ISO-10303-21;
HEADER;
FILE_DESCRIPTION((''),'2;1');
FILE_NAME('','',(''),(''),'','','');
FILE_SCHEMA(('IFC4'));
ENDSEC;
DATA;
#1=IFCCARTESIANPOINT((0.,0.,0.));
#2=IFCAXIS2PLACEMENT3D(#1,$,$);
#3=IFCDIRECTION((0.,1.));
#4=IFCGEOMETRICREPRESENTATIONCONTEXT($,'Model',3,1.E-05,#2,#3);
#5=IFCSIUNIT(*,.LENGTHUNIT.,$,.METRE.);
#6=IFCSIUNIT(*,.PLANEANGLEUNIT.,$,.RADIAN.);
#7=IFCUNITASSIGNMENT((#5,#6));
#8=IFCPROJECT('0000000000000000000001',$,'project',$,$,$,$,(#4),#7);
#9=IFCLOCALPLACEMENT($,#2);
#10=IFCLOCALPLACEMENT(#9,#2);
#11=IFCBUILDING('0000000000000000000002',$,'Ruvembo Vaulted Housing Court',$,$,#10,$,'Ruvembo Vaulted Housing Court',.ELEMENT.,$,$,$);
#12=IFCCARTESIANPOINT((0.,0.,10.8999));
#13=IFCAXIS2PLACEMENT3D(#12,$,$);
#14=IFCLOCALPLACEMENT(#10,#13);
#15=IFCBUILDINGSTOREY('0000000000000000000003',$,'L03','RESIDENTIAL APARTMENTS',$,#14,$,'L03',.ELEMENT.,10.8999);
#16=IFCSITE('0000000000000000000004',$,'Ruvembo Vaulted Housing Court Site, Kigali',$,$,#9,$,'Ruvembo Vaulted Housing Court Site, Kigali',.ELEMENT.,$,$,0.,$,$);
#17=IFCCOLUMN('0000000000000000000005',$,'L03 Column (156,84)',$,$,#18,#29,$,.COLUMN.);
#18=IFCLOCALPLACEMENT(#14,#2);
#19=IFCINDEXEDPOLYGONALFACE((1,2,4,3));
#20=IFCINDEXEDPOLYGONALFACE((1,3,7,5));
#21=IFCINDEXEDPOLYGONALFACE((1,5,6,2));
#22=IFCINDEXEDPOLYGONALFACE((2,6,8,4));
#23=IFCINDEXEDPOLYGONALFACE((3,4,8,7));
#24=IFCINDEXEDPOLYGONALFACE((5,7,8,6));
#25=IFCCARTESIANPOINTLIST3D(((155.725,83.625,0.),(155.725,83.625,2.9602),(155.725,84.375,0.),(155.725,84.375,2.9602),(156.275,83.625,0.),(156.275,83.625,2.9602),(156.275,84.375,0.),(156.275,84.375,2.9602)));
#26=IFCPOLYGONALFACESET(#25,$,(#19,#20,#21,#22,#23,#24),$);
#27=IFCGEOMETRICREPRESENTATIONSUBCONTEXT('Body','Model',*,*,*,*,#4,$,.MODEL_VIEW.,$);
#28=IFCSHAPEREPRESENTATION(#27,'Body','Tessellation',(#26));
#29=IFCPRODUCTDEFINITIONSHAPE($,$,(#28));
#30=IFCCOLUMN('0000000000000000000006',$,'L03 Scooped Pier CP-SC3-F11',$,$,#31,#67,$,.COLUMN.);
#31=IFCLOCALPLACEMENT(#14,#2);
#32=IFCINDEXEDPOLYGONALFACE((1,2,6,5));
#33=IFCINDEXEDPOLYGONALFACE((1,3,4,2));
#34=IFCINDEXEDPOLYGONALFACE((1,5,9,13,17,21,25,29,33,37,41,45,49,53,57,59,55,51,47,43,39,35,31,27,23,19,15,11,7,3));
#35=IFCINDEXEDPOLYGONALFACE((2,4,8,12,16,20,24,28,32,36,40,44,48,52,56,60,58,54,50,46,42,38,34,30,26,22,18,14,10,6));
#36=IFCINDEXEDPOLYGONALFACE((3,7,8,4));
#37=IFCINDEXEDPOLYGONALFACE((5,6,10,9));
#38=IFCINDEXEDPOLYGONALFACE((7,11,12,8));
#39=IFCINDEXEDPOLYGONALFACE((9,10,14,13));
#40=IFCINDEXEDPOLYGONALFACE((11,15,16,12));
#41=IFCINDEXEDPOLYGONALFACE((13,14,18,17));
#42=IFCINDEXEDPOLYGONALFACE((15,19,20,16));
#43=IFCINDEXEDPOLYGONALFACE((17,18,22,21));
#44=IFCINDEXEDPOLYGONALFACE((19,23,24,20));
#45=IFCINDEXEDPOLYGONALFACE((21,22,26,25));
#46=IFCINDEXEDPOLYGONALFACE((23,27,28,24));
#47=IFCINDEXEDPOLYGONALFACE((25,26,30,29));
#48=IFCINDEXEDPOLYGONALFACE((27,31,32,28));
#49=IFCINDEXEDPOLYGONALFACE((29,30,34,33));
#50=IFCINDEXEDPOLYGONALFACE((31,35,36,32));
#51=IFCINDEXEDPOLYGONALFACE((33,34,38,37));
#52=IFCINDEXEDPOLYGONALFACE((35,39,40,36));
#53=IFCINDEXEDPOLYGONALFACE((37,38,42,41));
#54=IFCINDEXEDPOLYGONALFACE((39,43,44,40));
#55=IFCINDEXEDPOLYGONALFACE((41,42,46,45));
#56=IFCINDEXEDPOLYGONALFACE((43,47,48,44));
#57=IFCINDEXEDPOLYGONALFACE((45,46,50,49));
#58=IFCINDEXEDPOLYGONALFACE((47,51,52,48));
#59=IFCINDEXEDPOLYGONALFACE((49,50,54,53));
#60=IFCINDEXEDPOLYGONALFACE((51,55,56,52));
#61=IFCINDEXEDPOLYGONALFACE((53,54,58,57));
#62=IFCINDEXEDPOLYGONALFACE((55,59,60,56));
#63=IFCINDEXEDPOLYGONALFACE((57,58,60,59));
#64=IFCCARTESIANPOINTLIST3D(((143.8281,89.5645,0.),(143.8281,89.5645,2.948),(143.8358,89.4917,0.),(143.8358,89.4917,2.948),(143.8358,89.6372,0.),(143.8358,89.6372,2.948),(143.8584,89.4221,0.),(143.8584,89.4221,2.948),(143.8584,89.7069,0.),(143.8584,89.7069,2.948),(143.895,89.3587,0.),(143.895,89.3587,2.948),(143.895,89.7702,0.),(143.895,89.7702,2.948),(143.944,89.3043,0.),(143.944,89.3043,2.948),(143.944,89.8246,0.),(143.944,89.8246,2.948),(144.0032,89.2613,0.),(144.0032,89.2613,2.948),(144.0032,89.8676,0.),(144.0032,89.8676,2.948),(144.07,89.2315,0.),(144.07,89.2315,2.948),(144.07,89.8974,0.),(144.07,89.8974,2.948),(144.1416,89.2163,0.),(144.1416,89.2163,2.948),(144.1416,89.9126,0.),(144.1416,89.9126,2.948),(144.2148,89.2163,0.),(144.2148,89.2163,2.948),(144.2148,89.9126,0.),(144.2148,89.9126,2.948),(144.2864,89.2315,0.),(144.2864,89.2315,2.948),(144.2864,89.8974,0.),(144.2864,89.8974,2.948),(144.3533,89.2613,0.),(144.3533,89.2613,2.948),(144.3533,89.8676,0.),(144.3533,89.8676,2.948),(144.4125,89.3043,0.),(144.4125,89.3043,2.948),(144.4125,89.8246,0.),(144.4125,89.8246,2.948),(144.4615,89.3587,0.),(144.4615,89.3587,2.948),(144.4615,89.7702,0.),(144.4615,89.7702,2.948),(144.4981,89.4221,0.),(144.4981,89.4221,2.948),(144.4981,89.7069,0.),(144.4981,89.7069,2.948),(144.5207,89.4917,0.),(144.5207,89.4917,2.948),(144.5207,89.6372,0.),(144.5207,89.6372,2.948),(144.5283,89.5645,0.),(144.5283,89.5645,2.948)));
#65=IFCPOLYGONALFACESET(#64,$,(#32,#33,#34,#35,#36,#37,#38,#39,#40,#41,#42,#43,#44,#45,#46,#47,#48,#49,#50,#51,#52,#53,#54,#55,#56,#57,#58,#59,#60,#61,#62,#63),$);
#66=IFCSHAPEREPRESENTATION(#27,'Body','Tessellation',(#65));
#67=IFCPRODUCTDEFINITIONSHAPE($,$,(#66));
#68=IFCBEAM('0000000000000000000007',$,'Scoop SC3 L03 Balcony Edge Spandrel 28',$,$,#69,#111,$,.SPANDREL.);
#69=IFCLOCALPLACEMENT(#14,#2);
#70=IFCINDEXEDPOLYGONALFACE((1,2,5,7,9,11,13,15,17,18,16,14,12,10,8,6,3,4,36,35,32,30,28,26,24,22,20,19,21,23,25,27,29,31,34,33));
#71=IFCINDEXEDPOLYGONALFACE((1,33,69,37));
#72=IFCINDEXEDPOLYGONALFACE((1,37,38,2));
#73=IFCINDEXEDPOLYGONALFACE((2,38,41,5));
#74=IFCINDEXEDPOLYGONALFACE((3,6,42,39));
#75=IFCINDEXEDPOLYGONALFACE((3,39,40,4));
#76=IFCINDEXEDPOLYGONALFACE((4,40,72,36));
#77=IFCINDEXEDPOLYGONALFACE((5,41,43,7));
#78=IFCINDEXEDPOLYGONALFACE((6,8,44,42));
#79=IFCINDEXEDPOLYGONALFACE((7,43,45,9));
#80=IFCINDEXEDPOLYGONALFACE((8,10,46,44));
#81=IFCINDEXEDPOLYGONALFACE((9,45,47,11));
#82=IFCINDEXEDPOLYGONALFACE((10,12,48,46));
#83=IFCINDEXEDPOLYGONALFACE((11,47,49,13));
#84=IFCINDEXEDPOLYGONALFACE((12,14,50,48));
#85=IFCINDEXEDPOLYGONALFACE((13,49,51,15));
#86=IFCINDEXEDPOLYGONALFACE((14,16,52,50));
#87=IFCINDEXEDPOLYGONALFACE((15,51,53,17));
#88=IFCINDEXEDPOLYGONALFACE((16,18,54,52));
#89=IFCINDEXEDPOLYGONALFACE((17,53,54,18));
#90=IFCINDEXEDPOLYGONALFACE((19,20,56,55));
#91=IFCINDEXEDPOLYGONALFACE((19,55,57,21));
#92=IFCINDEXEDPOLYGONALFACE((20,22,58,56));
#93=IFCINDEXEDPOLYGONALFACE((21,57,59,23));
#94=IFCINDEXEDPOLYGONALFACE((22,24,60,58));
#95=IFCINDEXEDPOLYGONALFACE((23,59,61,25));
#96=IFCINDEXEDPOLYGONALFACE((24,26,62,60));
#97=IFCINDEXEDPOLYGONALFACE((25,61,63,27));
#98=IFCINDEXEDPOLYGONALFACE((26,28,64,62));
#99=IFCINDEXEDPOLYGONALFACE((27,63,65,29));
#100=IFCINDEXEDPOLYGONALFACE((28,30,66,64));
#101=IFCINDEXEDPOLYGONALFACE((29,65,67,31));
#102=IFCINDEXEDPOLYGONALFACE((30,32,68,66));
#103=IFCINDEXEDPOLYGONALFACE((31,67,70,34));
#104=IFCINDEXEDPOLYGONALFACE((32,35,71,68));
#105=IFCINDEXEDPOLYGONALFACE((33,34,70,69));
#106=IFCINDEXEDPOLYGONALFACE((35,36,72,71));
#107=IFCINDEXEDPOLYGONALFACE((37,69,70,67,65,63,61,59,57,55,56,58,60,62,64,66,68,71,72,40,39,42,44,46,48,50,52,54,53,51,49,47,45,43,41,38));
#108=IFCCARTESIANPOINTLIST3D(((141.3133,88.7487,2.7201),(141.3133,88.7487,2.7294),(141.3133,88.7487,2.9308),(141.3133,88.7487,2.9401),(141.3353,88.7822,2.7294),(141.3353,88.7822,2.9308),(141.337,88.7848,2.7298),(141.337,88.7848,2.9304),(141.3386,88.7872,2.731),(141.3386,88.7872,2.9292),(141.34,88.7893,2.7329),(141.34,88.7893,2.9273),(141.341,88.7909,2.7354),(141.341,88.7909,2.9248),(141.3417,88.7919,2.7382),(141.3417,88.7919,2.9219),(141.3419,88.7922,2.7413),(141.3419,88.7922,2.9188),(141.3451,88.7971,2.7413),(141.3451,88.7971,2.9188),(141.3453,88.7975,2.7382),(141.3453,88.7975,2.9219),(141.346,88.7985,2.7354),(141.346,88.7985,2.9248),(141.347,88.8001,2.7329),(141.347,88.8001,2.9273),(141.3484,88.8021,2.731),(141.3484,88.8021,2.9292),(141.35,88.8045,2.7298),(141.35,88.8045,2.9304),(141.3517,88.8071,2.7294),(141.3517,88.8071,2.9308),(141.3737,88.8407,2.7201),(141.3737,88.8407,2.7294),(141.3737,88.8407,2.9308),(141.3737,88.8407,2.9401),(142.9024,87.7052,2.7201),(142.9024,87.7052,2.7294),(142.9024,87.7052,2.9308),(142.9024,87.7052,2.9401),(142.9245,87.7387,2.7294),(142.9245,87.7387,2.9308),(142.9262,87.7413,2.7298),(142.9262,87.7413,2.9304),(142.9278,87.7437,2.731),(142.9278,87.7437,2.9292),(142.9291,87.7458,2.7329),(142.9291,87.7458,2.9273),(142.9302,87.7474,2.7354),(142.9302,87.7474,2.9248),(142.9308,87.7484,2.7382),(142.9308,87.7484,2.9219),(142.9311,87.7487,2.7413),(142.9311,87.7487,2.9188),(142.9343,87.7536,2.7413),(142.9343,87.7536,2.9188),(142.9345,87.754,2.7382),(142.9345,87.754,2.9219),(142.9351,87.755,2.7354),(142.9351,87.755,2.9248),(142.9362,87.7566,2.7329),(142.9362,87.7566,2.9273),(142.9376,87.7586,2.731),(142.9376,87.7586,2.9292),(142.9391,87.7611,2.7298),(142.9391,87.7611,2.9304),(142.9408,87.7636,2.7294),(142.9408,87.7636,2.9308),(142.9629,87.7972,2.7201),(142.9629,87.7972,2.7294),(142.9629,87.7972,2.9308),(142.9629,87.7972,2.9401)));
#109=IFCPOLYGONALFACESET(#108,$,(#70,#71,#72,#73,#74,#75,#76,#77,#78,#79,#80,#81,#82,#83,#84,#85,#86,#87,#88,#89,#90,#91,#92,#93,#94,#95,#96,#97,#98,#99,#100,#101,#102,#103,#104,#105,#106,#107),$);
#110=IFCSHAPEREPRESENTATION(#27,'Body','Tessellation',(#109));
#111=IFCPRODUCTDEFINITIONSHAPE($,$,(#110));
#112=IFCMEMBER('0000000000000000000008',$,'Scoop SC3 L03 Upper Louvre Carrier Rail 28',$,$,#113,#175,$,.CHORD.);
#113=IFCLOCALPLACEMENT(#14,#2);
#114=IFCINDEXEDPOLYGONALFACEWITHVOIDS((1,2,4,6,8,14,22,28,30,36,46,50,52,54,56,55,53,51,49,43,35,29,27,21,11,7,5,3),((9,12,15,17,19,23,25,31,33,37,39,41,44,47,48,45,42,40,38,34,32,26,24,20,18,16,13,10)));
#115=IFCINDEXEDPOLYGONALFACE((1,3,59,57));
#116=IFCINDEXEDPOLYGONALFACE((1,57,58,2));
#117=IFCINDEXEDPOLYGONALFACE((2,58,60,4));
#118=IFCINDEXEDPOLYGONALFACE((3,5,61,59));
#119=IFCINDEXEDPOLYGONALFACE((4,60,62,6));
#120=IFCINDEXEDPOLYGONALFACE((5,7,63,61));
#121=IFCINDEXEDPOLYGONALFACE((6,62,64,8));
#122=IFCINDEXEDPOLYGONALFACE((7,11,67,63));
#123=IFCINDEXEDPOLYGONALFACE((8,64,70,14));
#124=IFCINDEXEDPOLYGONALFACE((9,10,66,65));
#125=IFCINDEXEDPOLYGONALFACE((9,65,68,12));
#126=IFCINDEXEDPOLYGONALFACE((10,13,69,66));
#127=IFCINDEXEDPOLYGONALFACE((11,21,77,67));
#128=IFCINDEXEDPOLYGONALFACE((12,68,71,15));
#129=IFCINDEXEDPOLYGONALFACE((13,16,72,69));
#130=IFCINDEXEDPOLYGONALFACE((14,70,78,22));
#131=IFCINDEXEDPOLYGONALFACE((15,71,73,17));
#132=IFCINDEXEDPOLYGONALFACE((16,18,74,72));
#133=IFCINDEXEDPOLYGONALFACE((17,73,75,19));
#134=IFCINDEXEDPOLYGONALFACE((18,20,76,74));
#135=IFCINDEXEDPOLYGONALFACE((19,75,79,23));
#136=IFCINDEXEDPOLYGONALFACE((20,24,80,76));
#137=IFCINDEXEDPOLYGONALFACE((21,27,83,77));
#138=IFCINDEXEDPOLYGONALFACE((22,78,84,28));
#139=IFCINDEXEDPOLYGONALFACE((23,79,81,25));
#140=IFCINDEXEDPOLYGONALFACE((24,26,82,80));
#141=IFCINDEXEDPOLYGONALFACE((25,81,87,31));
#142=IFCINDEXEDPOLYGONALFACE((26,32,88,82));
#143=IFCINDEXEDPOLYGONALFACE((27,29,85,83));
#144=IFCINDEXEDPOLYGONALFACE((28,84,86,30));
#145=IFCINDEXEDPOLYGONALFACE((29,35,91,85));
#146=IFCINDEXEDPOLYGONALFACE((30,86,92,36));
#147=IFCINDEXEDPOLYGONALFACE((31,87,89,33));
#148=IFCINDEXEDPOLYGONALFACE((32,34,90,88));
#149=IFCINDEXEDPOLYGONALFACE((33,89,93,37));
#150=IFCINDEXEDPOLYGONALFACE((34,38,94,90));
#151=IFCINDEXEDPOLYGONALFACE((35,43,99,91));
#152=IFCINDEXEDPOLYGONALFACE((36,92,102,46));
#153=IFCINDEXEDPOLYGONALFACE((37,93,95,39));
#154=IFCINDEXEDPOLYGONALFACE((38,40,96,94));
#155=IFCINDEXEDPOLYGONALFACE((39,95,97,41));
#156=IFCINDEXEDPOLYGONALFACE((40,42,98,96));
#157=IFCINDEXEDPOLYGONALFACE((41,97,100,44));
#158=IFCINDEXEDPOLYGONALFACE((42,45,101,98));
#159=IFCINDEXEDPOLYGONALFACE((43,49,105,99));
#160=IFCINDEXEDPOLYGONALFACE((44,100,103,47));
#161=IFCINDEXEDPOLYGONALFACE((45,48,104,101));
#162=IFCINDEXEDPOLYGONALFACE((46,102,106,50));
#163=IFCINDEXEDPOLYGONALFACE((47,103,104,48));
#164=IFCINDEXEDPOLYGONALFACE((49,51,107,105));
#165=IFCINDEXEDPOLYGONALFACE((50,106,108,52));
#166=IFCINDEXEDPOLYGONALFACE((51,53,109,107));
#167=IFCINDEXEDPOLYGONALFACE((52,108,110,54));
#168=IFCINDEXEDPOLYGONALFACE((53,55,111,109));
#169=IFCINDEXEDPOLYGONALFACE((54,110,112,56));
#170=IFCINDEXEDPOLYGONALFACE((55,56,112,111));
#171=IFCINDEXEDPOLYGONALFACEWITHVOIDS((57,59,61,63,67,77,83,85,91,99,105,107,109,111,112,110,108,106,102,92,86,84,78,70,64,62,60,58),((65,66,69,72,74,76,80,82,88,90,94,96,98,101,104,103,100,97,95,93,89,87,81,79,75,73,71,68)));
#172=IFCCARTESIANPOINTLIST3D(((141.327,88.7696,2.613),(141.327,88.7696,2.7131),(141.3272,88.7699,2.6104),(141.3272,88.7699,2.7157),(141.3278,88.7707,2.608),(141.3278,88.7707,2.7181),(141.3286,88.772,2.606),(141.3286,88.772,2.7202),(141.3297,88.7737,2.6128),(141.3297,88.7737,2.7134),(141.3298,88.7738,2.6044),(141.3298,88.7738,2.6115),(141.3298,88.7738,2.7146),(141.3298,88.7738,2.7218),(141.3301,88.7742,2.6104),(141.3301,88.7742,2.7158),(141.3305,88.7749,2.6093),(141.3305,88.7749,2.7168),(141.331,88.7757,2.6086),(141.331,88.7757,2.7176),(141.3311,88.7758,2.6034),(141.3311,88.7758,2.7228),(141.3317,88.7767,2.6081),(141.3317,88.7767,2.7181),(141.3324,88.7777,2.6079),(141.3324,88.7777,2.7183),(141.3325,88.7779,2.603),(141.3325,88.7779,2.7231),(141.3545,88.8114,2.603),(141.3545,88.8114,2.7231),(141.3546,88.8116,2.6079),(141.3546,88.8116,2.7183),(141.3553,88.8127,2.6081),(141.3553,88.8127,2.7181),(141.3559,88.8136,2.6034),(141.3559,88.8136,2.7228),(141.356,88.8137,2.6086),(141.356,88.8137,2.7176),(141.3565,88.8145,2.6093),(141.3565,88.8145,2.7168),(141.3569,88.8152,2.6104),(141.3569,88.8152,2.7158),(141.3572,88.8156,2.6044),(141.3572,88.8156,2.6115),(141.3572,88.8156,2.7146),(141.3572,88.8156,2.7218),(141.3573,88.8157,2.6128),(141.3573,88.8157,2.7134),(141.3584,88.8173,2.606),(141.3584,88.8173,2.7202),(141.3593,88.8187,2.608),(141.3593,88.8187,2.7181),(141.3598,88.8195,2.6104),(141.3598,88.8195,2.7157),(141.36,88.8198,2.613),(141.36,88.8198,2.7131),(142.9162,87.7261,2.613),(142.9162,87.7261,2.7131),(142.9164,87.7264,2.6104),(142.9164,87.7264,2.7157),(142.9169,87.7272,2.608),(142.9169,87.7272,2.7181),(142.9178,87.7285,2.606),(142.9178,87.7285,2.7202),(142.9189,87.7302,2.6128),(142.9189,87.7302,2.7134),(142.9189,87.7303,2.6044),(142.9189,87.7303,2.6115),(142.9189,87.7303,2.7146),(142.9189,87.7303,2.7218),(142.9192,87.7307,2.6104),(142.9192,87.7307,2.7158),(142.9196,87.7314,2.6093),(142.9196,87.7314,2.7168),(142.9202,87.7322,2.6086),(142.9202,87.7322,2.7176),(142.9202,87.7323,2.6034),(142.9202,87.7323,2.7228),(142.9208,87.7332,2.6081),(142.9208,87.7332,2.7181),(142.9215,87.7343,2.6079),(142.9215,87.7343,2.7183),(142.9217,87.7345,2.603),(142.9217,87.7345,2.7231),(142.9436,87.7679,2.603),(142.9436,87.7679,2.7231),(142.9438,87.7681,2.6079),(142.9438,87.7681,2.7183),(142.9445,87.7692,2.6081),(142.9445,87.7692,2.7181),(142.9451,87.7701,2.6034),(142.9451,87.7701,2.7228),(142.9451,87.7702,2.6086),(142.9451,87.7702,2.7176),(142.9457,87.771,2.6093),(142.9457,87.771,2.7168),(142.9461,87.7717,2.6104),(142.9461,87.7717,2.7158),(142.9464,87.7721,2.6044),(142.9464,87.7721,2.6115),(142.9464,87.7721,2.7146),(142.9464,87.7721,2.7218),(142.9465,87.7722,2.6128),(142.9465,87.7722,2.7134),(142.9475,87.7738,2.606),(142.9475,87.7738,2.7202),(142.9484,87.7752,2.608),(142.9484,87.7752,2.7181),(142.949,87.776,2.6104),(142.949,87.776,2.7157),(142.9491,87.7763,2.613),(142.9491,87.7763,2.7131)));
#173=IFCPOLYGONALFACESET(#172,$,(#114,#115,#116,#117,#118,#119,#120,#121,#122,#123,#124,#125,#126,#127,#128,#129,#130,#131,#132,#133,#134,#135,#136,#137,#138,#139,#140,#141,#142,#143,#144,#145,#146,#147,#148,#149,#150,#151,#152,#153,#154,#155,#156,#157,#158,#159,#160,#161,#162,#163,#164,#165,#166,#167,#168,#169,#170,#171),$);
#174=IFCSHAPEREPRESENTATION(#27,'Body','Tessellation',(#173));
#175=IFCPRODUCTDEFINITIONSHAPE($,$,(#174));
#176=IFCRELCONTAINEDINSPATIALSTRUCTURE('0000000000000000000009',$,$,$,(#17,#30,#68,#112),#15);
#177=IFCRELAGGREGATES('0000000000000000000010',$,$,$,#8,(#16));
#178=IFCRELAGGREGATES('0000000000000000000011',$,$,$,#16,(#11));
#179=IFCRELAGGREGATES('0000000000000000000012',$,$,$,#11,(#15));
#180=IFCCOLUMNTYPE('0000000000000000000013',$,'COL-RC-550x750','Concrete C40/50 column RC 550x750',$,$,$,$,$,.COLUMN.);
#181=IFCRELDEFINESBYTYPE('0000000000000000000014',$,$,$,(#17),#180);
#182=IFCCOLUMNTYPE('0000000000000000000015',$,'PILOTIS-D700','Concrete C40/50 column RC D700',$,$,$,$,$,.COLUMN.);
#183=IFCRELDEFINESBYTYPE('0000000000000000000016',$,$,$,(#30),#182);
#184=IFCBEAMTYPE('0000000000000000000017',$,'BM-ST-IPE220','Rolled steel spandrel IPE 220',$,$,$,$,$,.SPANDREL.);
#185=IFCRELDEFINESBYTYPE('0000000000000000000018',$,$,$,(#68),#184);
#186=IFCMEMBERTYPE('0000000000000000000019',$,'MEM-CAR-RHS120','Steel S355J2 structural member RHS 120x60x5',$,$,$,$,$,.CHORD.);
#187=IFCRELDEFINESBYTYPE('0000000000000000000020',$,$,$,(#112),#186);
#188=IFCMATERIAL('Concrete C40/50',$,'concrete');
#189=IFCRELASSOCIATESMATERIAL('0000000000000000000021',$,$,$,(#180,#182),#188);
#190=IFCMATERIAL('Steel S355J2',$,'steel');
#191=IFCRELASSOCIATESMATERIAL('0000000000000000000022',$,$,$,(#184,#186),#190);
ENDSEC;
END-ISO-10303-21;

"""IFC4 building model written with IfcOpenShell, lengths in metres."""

from ifc_helpers import new_model, si_unit, direction, frame, origin, origin_2d, place, context, subcontext, project, spatial, rectangle, hollow_rectangle, circle, i_section, extrude, material, material_profile, profile_set, type_object, element, save


model = new_model("IFC4")

# Units and contexts
model_context = context("Model", 3, precision=1e-05, world=origin(), true_north=direction((0.0, 1.0)))
body_context = subcontext(model_context, "Body", "Model", "MODEL_VIEW")
ifc_project = project(units=[si_unit("LENGTHUNIT", "METRE"), si_unit("PLANEANGLEUNIT", "RADIAN")], contexts=[model_context])

# Site, building, storey
site_placement = place(None, origin())
site = spatial("IfcSite", under=ifc_project, at=site_placement, Name="Ruvembo Vaulted Housing Court Site, Kigali", LongName="Ruvembo Vaulted Housing Court Site, Kigali", CompositionType="ELEMENT", RefElevation=0.0)
building_placement = place(site_placement, origin())
building = spatial("IfcBuilding", under=site, at=building_placement, Name="Ruvembo Vaulted Housing Court", LongName="Ruvembo Vaulted Housing Court", CompositionType="ELEMENT")
storey_placement = place(building_placement, frame((0.0, 0.0, 10.8999)))
storey = spatial("IfcBuildingStorey", under=building, at=storey_placement, Name="L03", Description="RESIDENTIAL APARTMENTS", LongName="L03", CompositionType="ELEMENT", Elevation=10.8999)

# Columns
ifc_material_1 = material(Name="Concrete C40/50", Category="concrete")
ifc_material_profile_1 = material_profile(ifc_material_1, rectangle(XDim=0.55, YDim=0.75, at=origin_2d()), Name="RC 550x750")
ifc_profile_set_1 = profile_set([ifc_material_profile_1], Name="Concrete C40/50")
column_type_1 = type_object("IfcColumnType", Name="COL-RC-550x750", Description="Concrete C40/50 column RC 550x750", PredefinedType="COLUMN", material=ifc_profile_set_1)
column_1_placement = place(storey_placement, frame((156.0, 84.0, 0.0), z_axis=(0.0, 0.0, 1.0), x_axis=(1.0, 0.0, 0.0)))
element("IfcColumn", 1, at=column_1_placement, inside=storey, type_object=column_type_1, Name="L03 Column (156,84)", PredefinedType="COLUMN", context=body_context, shape_type="SweptSolid", body=[
    extrude(rectangle(XDim=0.55, YDim=0.75, at=origin_2d()), origin(), (0.0, 0.0, 1.0), 2.9602),
])
ifc_material_profile_2 = material_profile(ifc_material_1, circle(Radius=0.3501, at=origin_2d()), Name="RC D700")
ifc_profile_set_2 = profile_set([ifc_material_profile_2], Name="Concrete C40/50")
column_type_2 = type_object("IfcColumnType", Name="PILOTIS-D700", Description="Concrete C40/50 column RC D700", PredefinedType="COLUMN", material=ifc_profile_set_2)
column_2_placement = place(storey_placement, frame((144.1782, 89.5645, 0.0), z_axis=(0.0, 0.0, 1.0), x_axis=(1.0, 0.0, 0.0)))
element("IfcColumn", 2, at=column_2_placement, inside=storey, type_object=column_type_2, Name="L03 Scooped Pier CP-SC3-F11", PredefinedType="COLUMN", context=body_context, shape_type="SweptSolid", body=[
    extrude(circle(Radius=0.3501, at=origin_2d()), origin(), (0.0, 0.0, 1.0), 2.948),
])

# Beam
ifc_material_2 = material(Name="Steel S355J2", Category="steel")
ifc_material_profile_3 = material_profile(ifc_material_2, i_section(OverallWidth=0.1101, OverallDepth=0.22, WebThickness=0.0059, FlangeThickness=0.0093, FilletRadius=0.012, at=origin_2d()), Name="IPE 220")
ifc_profile_set_3 = profile_set([ifc_material_profile_3], Name="Steel S355J2")
beam_type_1 = type_object("IfcBeamType", Name="BM-ST-IPE220", Description="Rolled steel spandrel IPE 220", PredefinedType="SPANDREL", material=ifc_profile_set_3)
beam_1_placement = place(storey_placement, frame((141.3435, 88.7947, 2.8301), z_axis=(0.835902, -0.548878, 0.0), x_axis=(0.548878, 0.835902, 0.0)))
element("IfcBeam", 3, at=beam_1_placement, inside=storey, type_object=beam_type_1, Name="Scoop SC3 L03 Balcony Edge Spandrel 28", PredefinedType="SPANDREL", context=body_context, shape_type="SweptSolid", body=[
    extrude(i_section(OverallWidth=0.1101, OverallDepth=0.22, WebThickness=0.0059, FlangeThickness=0.0093, FilletRadius=0.012, at=origin_2d()), origin(), (0.0, 0.0, 1.0), 1.9011),
])

# Member
ifc_material_profile_4 = material_profile(ifc_material_2, hollow_rectangle(XDim=0.0601, YDim=0.1201, WallThickness=0.0049, InnerFilletRadius=0.0049, OuterFilletRadius=0.01, at=origin_2d()), Name="RHS 120x60x5")
ifc_profile_set_4 = profile_set([ifc_material_profile_4], Name="Steel S355J2")
member_type_1 = type_object("IfcMemberType", Name="MEM-CAR-RHS120", Description="Steel S355J2 structural member RHS 120x60x5", PredefinedType="CHORD", material=ifc_profile_set_4)
member_1_placement = place(storey_placement, frame((141.3435, 88.7947, 2.6631), z_axis=(0.835902, -0.548878, 0.0), x_axis=(0.548878, 0.835902, 0.0)))
element("IfcMember", 4, at=member_1_placement, inside=storey, type_object=member_type_1, Name="Scoop SC3 L03 Upper Louvre Carrier Rail 28", PredefinedType="CHORD", context=body_context, shape_type="SweptSolid", body=[
    extrude(hollow_rectangle(XDim=0.0601, YDim=0.1201, WallThickness=0.0049, InnerFilletRadius=0.0049, OuterFilletRadius=0.01, at=origin_2d()), origin(), (0.0, 0.0, 1.0), 1.9011),
])

save(model, "model.ifc")
